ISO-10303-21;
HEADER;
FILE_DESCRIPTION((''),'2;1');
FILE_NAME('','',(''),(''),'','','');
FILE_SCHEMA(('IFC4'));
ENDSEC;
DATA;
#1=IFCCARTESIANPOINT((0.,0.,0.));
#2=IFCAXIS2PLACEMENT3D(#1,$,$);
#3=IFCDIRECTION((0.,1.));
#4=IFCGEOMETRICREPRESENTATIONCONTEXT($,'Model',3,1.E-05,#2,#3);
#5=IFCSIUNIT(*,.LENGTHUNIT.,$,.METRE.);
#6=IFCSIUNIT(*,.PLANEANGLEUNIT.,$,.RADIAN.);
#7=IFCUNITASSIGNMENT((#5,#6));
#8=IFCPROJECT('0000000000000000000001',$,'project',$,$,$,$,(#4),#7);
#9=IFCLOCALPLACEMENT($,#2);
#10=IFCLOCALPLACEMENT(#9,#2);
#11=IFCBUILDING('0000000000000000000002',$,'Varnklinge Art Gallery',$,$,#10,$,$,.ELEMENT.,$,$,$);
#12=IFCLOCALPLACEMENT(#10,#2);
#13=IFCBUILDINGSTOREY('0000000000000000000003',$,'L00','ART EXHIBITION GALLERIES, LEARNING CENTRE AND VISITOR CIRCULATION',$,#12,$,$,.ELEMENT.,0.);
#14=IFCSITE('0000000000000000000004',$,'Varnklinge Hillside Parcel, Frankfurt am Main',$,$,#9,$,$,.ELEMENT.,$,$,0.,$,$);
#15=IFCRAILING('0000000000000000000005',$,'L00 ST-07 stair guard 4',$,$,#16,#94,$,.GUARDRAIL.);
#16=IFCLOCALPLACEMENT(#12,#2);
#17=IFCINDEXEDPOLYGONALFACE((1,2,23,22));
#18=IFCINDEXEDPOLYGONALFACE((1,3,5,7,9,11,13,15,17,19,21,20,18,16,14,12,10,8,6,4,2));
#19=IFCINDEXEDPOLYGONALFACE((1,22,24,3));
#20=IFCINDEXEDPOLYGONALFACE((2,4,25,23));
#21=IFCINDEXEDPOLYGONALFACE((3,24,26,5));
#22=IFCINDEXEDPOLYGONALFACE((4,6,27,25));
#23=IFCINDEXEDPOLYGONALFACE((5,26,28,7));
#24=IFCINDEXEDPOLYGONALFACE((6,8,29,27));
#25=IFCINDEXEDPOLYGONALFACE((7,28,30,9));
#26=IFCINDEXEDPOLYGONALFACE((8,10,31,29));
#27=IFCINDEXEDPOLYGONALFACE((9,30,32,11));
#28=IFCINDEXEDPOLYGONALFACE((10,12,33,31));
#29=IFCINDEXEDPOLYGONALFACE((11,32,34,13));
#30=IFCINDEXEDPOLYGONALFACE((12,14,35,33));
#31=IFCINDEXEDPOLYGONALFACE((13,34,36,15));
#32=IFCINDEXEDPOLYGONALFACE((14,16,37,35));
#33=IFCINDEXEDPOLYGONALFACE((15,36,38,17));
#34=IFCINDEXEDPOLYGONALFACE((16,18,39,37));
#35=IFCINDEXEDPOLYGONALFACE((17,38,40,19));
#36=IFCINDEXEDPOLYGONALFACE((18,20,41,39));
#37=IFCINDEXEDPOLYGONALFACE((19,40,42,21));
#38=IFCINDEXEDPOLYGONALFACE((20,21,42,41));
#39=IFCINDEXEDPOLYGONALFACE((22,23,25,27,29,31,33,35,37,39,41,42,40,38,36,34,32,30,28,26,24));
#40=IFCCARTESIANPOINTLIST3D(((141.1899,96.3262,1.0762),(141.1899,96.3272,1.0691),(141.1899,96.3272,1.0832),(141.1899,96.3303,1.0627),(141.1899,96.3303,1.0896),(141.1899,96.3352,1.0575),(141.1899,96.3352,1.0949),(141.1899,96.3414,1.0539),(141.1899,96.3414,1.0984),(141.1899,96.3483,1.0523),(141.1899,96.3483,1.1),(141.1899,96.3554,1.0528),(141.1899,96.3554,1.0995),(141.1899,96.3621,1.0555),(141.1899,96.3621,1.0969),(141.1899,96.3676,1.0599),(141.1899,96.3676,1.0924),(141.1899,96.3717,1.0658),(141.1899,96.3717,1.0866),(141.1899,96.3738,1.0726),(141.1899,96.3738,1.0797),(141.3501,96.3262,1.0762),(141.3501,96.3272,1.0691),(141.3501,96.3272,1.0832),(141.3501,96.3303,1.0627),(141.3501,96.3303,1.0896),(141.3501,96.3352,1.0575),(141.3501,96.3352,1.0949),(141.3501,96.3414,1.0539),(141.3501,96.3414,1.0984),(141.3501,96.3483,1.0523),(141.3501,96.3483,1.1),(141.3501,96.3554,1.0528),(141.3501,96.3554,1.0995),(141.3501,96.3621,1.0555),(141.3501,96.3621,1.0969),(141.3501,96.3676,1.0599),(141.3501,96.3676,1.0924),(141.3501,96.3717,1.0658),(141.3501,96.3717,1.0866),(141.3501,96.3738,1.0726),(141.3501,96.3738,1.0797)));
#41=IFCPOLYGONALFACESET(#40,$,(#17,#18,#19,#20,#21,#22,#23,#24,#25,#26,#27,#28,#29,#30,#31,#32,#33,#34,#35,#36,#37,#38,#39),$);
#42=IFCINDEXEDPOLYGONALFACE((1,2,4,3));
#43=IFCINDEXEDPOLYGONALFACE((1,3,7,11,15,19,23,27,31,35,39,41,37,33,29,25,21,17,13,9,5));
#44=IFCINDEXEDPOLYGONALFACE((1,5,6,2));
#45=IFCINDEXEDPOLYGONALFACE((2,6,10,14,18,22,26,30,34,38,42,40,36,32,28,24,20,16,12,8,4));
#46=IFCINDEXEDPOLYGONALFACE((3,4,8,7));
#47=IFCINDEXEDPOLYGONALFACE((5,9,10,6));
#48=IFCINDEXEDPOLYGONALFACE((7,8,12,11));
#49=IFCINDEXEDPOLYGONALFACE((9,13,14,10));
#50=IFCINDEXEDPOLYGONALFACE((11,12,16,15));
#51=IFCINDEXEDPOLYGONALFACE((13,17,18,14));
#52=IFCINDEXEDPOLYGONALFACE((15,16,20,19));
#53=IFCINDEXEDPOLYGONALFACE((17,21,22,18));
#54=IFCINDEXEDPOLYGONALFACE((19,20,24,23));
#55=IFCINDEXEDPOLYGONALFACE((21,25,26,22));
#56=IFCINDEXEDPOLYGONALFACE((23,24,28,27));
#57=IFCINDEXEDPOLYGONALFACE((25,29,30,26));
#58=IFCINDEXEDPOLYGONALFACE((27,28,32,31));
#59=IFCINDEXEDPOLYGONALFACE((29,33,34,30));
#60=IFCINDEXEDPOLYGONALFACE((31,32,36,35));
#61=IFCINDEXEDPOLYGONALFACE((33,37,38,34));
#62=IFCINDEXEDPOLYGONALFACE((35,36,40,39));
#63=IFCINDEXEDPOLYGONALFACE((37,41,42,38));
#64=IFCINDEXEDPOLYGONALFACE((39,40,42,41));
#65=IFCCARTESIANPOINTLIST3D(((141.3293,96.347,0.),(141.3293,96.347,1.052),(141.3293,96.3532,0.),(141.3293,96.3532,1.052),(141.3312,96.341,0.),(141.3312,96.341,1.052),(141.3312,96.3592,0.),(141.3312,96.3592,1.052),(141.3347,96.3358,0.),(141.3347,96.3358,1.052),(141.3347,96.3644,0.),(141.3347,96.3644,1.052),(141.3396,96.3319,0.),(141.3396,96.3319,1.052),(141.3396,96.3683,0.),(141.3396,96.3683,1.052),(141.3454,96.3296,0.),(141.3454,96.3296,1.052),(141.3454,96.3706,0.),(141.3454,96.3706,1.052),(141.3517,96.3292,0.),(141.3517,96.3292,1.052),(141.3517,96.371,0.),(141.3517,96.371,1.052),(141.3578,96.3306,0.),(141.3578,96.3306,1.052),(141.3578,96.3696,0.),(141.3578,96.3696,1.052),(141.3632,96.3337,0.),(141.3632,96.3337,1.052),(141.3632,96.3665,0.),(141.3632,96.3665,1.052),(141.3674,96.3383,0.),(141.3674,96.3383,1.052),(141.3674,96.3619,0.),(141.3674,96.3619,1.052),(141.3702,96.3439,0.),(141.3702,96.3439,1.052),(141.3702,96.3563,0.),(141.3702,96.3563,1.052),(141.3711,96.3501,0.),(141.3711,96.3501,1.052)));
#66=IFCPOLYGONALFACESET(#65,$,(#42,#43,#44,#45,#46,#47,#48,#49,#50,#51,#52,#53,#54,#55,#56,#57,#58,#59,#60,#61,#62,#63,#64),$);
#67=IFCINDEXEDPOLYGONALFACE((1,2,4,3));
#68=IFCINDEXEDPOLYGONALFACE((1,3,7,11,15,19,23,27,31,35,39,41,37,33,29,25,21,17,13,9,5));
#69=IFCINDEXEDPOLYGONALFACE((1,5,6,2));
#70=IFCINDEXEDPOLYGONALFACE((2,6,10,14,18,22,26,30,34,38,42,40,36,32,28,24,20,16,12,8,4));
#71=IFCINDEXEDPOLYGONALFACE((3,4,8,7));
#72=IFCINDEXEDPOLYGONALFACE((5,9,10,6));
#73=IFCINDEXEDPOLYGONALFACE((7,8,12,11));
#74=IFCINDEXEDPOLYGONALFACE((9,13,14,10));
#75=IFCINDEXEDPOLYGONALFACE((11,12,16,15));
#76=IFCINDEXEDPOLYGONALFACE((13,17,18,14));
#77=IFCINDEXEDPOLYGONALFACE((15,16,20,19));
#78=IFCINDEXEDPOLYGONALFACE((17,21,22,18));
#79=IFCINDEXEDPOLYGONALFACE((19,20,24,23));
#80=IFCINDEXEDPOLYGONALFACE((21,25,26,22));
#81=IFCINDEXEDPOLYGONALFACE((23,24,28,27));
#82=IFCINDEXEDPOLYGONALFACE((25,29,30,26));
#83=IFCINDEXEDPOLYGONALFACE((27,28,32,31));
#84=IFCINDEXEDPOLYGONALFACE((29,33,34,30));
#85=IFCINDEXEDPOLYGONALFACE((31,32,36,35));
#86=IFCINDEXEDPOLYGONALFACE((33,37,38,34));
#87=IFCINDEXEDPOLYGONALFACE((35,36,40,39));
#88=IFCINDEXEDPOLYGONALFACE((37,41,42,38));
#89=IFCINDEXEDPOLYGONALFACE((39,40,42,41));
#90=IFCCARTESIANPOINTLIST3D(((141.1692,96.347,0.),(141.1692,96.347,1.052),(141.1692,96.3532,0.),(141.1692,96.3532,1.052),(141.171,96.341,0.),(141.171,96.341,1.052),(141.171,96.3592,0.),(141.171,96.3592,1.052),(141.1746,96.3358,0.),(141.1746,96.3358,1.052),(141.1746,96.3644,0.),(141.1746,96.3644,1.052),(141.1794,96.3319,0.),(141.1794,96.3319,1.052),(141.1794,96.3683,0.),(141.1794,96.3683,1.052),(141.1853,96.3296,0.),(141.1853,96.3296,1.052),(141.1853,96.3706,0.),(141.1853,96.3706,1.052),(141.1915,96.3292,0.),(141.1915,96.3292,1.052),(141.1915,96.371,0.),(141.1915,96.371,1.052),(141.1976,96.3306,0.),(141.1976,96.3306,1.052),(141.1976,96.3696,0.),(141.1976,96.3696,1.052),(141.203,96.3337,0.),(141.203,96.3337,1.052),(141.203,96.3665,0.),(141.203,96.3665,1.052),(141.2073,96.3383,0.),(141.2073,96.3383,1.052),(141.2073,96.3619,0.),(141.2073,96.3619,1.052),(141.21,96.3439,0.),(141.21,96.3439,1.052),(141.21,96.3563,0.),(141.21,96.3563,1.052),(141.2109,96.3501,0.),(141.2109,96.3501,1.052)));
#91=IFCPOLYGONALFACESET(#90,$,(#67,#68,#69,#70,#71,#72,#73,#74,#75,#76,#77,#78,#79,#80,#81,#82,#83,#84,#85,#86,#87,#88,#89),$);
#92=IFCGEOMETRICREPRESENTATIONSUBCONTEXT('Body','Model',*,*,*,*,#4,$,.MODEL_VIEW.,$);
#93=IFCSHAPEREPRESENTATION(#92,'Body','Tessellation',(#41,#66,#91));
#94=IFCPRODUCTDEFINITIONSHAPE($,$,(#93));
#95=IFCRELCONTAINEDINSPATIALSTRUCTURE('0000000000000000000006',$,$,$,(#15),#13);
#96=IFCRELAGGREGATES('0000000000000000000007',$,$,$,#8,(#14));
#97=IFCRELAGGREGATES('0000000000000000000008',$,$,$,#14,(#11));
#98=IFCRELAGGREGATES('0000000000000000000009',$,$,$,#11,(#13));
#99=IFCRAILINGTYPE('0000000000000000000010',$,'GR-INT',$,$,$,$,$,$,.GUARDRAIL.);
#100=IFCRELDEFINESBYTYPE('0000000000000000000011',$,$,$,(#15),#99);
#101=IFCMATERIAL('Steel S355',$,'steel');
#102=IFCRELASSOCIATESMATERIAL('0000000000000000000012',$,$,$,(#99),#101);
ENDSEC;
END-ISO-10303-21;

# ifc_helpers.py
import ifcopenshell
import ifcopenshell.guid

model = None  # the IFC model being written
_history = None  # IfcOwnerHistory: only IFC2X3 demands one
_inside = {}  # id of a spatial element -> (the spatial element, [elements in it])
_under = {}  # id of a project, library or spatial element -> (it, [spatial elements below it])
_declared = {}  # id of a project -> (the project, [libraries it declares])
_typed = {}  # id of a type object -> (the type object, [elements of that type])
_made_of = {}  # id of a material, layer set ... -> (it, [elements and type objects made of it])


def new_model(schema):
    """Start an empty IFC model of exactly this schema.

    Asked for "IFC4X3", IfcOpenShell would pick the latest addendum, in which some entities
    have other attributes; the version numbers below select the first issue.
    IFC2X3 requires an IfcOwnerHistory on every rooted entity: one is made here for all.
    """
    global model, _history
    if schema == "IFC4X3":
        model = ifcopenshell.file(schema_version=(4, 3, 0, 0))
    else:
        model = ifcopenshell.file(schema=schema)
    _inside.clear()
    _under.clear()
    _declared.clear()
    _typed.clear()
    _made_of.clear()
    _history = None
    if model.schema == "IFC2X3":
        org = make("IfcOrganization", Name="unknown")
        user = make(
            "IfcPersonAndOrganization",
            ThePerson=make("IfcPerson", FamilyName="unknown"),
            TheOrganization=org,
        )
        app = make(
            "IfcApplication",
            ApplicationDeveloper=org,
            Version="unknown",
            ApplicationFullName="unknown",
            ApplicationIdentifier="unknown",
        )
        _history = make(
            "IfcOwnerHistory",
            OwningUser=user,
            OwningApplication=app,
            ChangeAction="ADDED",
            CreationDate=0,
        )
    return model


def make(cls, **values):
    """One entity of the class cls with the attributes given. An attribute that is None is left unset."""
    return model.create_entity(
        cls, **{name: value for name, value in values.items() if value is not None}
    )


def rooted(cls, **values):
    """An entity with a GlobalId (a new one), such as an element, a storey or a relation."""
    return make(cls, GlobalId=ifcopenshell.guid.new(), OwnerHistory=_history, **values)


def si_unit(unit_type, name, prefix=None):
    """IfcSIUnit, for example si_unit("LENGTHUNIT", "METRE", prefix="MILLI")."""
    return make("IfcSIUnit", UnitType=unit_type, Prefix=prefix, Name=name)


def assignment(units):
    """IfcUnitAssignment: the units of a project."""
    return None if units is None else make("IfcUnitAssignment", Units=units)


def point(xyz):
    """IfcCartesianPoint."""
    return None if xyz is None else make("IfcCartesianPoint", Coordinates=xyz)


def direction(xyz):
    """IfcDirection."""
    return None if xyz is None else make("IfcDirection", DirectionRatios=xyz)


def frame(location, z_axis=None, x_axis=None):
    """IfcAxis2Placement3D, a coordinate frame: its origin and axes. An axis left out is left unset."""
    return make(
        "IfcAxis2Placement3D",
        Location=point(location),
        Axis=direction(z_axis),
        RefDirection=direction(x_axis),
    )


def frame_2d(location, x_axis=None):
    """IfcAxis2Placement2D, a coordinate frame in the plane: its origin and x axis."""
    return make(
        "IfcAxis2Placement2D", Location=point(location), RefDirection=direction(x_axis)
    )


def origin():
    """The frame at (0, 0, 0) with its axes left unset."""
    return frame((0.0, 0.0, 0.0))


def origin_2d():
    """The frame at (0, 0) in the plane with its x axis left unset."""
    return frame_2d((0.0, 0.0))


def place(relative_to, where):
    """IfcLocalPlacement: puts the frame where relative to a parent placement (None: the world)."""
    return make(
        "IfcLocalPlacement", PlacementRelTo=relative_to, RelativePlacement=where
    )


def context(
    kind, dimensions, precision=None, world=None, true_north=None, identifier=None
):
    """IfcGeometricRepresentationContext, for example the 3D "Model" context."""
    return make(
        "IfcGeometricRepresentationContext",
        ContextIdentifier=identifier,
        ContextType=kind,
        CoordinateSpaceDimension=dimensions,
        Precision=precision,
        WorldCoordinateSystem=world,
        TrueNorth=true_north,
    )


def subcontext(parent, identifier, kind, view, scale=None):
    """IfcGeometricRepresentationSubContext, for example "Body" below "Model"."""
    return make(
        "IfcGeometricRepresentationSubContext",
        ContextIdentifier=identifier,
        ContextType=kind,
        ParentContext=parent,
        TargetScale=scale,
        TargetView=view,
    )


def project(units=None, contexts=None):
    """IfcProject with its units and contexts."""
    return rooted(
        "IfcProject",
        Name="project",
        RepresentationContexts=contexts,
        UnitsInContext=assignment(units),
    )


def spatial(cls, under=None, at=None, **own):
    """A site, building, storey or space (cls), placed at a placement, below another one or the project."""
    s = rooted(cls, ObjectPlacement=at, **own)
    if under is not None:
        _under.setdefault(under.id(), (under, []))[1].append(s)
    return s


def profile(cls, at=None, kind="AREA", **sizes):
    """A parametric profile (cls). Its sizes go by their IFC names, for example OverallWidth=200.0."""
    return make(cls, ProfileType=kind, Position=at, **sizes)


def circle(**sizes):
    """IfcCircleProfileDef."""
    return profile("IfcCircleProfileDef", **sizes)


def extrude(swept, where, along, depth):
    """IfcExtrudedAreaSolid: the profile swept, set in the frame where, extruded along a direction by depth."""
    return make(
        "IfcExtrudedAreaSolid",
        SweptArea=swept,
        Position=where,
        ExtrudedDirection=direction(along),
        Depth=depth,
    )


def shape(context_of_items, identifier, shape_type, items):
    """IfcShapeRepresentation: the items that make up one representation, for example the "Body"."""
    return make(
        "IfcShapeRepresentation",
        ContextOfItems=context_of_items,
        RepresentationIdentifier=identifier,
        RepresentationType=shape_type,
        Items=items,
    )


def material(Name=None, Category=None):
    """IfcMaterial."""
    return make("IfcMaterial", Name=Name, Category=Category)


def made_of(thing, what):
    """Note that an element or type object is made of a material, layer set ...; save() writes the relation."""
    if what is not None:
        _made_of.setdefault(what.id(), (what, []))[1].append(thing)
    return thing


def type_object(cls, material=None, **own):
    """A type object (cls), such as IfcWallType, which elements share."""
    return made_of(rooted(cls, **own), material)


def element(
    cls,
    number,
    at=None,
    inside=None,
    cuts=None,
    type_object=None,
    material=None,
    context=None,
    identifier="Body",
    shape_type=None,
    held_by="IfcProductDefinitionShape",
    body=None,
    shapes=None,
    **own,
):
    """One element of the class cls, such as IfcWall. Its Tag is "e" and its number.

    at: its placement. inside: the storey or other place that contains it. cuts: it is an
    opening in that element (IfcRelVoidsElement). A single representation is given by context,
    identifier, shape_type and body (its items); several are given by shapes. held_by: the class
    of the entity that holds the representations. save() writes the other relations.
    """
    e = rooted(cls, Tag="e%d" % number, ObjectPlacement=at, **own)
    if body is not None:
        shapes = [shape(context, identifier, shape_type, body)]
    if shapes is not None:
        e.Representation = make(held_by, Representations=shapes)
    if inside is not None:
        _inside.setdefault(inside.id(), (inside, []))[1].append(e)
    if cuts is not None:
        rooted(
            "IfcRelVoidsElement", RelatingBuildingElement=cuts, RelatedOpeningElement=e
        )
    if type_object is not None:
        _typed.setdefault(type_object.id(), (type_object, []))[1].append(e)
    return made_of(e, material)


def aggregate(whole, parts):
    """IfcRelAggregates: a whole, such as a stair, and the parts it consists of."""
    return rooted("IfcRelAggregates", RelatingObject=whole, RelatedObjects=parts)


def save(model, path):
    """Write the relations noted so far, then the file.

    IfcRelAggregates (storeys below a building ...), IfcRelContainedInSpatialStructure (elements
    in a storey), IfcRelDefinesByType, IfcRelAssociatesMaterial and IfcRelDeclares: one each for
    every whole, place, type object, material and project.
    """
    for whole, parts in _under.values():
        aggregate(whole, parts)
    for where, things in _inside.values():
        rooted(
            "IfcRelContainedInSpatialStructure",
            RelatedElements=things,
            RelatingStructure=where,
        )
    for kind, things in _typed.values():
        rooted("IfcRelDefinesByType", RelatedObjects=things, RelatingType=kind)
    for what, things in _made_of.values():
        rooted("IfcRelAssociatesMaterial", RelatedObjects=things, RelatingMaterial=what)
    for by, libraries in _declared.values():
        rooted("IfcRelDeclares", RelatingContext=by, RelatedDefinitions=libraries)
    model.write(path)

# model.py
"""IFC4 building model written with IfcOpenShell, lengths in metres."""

from ifc_helpers import new_model, si_unit, direction, frame, origin, origin_2d, place, context, subcontext, project, spatial, circle, extrude, material, type_object, element, save


model = new_model("IFC4")

# Units and contexts
model_context = context("Model", 3, precision=1e-05, world=origin(), true_north=direction((0.0, 1.0)))
body_context = subcontext(model_context, "Body", "Model", "MODEL_VIEW")
ifc_project = project(units=[si_unit("LENGTHUNIT", "METRE"), si_unit("PLANEANGLEUNIT", "RADIAN")], contexts=[model_context])

# Site, building, storey
site_placement = place(None, origin())
site = spatial("IfcSite", under=ifc_project, at=site_placement, Name="Varnklinge Hillside Parcel, Frankfurt am Main", CompositionType="ELEMENT", RefElevation=0.0)
building_placement = place(site_placement, origin())
building = spatial("IfcBuilding", under=site, at=building_placement, Name="Varnklinge Art Gallery", CompositionType="ELEMENT")
storey_placement = place(building_placement, origin())
storey = spatial("IfcBuildingStorey", under=building, at=storey_placement, Name="L00", Description="ART EXHIBITION GALLERIES, LEARNING CENTRE AND VISITOR CIRCULATION", CompositionType="ELEMENT", Elevation=0.0)

# Railing
ifc_material_1 = material(Name="Steel S355", Category="steel")
railing_type_1 = type_object("IfcRailingType", Name="GR-INT", PredefinedType="GUARDRAIL", material=ifc_material_1)
railing_1_placement = place(storey_placement, frame((141.3501, 96.3501, 0.0)))
element("IfcRailing", 1, at=railing_1_placement, inside=storey, type_object=railing_type_1, Name="L00 ST-07 stair guard 4", PredefinedType="GUARDRAIL", context=body_context, shape_type="SweptSolid", body=[
    extrude(circle(Radius=0.0239, at=origin_2d()), frame((0.0, 0.0, 1.0762), z_axis=(-1.0, 0.0, 0.0), x_axis=(0.0, -1.0, 0.0)), (0.0, 0.0, 1.0), 0.1602),
    extrude(circle(Radius=0.021, at=origin_2d()), origin(), (0.0, 0.0, 1.0), 1.052),
    extrude(circle(Radius=0.021, at=origin_2d()), frame((-0.1602, 0.0, 0.0)), (0.0, 0.0, 1.0), 1.052),
])

save(model, "model.ifc")
